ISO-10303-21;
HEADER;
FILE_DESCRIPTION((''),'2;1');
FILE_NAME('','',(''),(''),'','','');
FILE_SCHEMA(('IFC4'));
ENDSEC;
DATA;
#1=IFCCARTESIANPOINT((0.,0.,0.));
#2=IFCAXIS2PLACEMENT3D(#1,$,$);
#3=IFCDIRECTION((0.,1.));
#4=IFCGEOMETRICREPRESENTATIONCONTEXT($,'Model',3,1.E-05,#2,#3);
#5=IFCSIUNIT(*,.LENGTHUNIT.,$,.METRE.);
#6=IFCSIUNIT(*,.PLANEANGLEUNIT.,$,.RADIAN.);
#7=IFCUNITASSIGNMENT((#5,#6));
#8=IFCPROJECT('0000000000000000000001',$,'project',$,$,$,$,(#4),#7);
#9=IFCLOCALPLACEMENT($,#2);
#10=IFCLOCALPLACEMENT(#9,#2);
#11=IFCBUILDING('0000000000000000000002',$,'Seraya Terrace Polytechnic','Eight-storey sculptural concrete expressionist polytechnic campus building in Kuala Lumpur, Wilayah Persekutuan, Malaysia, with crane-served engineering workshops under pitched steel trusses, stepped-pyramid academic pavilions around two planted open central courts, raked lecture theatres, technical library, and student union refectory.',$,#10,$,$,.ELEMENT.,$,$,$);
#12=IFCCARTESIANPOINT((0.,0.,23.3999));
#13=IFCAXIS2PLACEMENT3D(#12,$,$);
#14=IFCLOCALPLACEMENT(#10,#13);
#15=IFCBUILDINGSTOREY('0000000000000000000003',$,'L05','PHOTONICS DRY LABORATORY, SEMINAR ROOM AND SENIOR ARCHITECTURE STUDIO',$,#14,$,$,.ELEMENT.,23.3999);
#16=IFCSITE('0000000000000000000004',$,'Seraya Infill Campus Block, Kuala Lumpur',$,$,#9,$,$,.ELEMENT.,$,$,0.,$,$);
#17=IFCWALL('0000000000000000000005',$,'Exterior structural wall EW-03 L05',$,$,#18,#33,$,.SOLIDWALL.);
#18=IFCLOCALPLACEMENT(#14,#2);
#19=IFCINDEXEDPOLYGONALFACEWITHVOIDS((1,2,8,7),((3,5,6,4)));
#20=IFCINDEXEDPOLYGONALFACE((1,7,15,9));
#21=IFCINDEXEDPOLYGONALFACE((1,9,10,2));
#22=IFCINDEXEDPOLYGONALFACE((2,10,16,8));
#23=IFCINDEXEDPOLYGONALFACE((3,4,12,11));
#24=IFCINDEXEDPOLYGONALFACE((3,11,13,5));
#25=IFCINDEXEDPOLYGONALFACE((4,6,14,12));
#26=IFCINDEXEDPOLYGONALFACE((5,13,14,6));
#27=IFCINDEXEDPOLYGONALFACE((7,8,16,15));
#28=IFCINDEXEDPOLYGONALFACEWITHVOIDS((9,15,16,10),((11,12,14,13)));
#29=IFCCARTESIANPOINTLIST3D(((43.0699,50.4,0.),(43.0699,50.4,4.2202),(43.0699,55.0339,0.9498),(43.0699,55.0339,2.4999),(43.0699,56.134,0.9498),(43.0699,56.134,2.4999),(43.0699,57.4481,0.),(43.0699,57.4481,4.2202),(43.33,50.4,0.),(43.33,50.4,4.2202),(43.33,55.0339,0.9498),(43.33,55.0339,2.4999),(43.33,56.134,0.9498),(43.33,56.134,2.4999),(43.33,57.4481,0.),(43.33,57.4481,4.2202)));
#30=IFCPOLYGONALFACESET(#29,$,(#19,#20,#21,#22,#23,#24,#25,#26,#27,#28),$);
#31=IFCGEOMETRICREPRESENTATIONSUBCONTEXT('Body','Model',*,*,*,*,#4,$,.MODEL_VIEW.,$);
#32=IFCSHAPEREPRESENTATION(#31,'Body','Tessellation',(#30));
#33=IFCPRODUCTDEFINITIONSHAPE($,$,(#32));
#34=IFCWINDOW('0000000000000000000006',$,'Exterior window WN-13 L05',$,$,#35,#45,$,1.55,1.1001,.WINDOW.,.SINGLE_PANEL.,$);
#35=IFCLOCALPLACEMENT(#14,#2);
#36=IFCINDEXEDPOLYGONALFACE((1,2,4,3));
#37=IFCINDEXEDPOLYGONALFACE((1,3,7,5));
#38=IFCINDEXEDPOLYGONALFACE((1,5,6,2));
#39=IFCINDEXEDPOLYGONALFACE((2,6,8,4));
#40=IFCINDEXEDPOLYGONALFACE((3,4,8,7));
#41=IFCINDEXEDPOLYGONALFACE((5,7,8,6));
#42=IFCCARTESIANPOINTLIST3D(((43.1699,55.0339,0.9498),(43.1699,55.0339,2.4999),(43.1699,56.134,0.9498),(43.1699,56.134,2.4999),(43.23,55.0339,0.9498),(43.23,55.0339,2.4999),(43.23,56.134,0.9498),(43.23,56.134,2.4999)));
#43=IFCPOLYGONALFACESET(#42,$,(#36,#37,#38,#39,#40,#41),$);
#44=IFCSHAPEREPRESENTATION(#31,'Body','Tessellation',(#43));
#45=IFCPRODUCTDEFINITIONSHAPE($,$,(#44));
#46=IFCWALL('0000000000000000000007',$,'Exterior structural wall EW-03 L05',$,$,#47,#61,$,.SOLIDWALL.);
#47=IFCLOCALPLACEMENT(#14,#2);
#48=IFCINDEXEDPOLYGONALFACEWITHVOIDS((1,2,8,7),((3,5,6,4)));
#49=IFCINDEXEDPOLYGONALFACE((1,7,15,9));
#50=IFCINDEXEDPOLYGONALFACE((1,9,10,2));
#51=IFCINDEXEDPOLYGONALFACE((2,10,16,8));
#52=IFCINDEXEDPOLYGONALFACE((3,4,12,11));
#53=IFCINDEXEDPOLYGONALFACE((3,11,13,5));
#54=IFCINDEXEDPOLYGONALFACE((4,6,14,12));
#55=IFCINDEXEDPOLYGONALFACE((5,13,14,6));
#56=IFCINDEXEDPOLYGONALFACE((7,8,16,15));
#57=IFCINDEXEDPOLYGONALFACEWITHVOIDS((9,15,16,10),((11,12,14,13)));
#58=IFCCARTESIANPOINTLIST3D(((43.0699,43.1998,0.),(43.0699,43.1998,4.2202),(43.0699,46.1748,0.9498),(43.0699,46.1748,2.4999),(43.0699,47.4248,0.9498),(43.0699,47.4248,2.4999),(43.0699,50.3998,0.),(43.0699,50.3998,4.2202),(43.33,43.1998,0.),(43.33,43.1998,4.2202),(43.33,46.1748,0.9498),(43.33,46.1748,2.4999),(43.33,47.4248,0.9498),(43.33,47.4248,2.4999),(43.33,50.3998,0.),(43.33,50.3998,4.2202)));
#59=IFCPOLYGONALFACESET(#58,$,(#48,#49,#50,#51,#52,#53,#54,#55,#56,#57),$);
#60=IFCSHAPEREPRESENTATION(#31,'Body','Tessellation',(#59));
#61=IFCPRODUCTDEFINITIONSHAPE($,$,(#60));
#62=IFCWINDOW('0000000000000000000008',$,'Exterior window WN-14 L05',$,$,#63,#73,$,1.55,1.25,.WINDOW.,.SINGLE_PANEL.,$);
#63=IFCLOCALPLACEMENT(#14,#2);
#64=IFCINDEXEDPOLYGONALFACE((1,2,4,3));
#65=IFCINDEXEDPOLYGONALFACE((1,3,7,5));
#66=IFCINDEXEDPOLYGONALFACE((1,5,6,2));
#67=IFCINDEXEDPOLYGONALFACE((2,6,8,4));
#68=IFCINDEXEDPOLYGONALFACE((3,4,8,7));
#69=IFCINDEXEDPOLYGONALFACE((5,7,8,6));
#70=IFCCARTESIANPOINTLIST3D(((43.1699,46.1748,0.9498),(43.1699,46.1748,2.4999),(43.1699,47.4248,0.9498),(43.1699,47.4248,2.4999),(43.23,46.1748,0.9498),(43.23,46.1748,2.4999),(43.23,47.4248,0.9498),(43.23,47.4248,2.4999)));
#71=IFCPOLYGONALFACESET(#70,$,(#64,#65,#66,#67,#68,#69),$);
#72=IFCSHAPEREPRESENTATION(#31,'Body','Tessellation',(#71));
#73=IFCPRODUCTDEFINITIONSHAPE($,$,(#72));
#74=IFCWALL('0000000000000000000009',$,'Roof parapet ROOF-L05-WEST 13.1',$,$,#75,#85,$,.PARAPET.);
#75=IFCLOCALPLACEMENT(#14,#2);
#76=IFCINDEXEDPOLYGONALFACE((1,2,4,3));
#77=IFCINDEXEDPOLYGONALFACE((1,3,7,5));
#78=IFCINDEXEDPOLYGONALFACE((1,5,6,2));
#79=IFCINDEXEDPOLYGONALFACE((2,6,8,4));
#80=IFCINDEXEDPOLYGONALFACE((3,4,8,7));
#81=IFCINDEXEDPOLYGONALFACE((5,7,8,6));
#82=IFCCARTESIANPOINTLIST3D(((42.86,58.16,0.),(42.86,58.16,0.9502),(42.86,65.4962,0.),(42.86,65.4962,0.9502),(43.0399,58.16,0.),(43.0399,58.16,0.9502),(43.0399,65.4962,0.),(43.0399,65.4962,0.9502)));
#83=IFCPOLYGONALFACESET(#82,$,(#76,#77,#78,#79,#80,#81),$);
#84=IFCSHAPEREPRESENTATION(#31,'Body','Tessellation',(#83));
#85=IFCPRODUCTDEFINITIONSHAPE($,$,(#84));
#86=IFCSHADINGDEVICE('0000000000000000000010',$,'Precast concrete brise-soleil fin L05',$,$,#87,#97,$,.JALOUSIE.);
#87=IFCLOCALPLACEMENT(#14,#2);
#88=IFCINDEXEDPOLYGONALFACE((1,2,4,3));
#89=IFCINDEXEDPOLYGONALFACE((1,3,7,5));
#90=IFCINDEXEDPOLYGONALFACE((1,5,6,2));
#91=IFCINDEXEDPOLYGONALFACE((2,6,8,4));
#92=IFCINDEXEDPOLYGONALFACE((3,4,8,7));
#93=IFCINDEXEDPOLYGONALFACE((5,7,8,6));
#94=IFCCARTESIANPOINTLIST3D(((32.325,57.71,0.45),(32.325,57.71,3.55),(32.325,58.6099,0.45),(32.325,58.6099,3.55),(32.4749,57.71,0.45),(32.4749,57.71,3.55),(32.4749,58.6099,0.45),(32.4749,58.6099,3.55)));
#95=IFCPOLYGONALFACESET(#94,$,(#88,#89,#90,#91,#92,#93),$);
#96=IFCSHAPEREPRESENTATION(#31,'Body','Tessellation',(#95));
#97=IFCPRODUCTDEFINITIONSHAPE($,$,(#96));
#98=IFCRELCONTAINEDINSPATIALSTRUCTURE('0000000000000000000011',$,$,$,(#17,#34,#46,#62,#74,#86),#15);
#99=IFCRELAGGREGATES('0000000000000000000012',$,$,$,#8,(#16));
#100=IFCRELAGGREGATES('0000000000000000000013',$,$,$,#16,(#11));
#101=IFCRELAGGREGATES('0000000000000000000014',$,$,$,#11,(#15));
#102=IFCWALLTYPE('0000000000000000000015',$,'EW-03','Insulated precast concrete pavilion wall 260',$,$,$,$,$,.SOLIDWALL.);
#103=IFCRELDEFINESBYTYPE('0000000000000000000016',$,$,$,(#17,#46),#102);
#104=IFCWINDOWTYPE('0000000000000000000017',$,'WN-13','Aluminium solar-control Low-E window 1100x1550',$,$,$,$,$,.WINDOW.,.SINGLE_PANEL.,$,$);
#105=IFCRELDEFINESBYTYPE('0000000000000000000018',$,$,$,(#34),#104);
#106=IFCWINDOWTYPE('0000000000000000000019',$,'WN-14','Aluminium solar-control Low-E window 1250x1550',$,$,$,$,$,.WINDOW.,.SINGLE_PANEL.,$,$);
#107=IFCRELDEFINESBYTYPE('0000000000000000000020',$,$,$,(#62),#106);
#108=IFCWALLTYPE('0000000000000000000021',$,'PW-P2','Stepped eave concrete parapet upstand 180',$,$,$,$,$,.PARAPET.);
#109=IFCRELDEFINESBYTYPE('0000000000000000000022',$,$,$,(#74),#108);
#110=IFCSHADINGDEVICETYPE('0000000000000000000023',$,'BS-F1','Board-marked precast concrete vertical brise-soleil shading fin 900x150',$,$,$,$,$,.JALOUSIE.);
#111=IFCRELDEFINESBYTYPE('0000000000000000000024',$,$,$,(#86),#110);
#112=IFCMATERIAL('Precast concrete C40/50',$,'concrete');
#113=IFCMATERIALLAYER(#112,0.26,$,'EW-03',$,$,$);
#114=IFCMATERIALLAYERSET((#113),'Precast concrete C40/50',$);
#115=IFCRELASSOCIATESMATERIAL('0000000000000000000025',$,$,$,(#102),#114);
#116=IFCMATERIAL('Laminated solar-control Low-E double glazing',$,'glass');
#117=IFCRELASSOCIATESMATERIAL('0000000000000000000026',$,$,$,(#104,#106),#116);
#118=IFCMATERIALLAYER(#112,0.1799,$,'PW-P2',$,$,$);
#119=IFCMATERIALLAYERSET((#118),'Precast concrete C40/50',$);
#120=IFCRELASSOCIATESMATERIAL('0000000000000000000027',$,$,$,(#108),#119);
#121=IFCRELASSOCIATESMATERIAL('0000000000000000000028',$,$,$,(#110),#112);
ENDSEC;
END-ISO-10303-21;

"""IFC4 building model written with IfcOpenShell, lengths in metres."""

from ifc_helpers import new_model, si_unit, direction, frame, frame_2d, origin, origin_2d, place, context, subcontext, project, spatial, rectangle, extrude, material, layer, layer_set, type_object, element, fill, save


model = new_model("IFC4")

# Units and contexts
model_context = context("Model", 3, precision=1e-05, world=origin(), true_north=direction((0.0, 1.0)))
body_context = subcontext(model_context, "Body", "Model", "MODEL_VIEW")
ifc_project = project(units=[si_unit("LENGTHUNIT", "METRE"), si_unit("PLANEANGLEUNIT", "RADIAN")], contexts=[model_context])

# Site, building, storey
site_placement = place(None, origin())
site = spatial("IfcSite", under=ifc_project, at=site_placement, Name="Seraya Infill Campus Block, Kuala Lumpur", CompositionType="ELEMENT", RefElevation=0.0)
building_placement = place(site_placement, origin())
building = spatial("IfcBuilding", under=site, at=building_placement, Name="Seraya Terrace Polytechnic", Description="Eight-storey sculptural concrete expressionist polytechnic campus building in Kuala Lumpur, Wilayah Persekutuan, Malaysia, with crane-served engineering workshops under pitched steel trusses, stepped-pyramid academic pavilions around two planted open central courts, raked lecture theatres, technical library, and student union refectory.", CompositionType="ELEMENT")
storey_placement = place(building_placement, frame((0.0, 0.0, 23.3999)))
storey = spatial("IfcBuildingStorey", under=building, at=storey_placement, Name="L05", Description="PHOTONICS DRY LABORATORY, SEMINAR ROOM AND SENIOR ARCHITECTURE STUDIO", CompositionType="ELEMENT", Elevation=23.3999)

# Walls, openings, windows
ifc_material_1 = material(Name="Precast concrete C40/50", Category="concrete")
ifc_layer_1 = layer(ifc_material_1, 0.26, Name="EW-03")
ifc_layer_set_1 = layer_set([ifc_layer_1], Name="Precast concrete C40/50")
wall_type_1 = type_object("IfcWallType", Name="EW-03", Description="Insulated precast concrete pavilion wall 260", PredefinedType="SOLIDWALL", material=ifc_layer_set_1)
ifc_material_2 = material(Name="Laminated solar-control Low-E double glazing", Category="glass")
wall_1_placement = place(storey_placement, frame((43.2, 57.448, 0.0), z_axis=(0.0, 0.0, 1.0), x_axis=(0.0, -1.0, 0.0)))
wall_1 = element("IfcWall", 1, at=wall_1_placement, inside=storey, type_object=wall_type_1, Name="Exterior structural wall EW-03 L05", PredefinedType="SOLIDWALL", context=body_context, shape_type="SweptSolid", body=[
    extrude(rectangle(XDim=7.0481, YDim=0.26, at=frame_2d((3.5239, 0.0))), origin(), (0.0, 0.0, 1.0), 4.2202),
])
opening_1_placement = place(wall_1_placement, frame((1.314, 0.0, 0.95)))
opening_1 = element("IfcOpeningElement", 2, at=opening_1_placement, cuts=wall_1, PredefinedType="OPENING", context=body_context, shape_type="SweptSolid", body=[
    extrude(rectangle(XDim=1.1001, YDim=1.55, at=frame_2d((0.55, 0.7749))), frame((0.0, 0.1421, 0.0), z_axis=(0.0, -1.0, 0.0), x_axis=(1.0, 0.0, 0.0)), (0.0, 0.0, 1.0), 0.2839),
])
window_type_1 = type_object("IfcWindowType", Name="WN-13", Description="Aluminium solar-control Low-E window 1100x1550", PartitioningType="SINGLE_PANEL", PredefinedType="WINDOW", material=ifc_material_2)
window_1_placement = place(opening_1_placement, origin())
window_1 = element("IfcWindow", 3, at=window_1_placement, inside=storey, type_object=window_type_1, Name="Exterior window WN-13 L05", OverallHeight=1.55, OverallWidth=1.1001, PartitioningType="SINGLE_PANEL", PredefinedType="WINDOW", context=body_context, shape_type="SweptSolid", body=[
    extrude(rectangle(XDim=1.1001, YDim=1.55, at=frame_2d((0.55, 0.7749))), frame((0.0, 0.03, 0.0), z_axis=(0.0, -1.0, 0.0), x_axis=(1.0, 0.0, 0.0)), (0.0, 0.0, 1.0), 0.0601),
])
fill(opening_1, window_1)
wall_2_placement = place(storey_placement, frame((43.2, 50.3999, 0.0), z_axis=(0.0, 0.0, 1.0), x_axis=(0.0, -1.0, 0.0)))
wall_2 = element("IfcWall", 4, at=wall_2_placement, inside=storey, type_object=wall_type_1, Name="Exterior structural wall EW-03 L05", PredefinedType="SOLIDWALL", context=body_context, shape_type="SweptSolid", body=[
    extrude(rectangle(XDim=7.2, YDim=0.26, at=frame_2d((3.6001, 0.0))), origin(), (0.0, 0.0, 1.0), 4.2202),
])
opening_2_placement = place(wall_2_placement, frame((2.9751, 0.0, 0.95)))
opening_2 = element("IfcOpeningElement", 5, at=opening_2_placement, cuts=wall_2, PredefinedType="OPENING", context=body_context, shape_type="SweptSolid", body=[
    extrude(rectangle(XDim=1.25, YDim=1.55, at=frame_2d((0.625, 0.7749))), frame((0.0, 0.1421, 0.0), z_axis=(0.0, -1.0, 0.0), x_axis=(1.0, 0.0, 0.0)), (0.0, 0.0, 1.0), 0.2839),
])
window_type_2 = type_object("IfcWindowType", Name="WN-14", Description="Aluminium solar-control Low-E window 1250x1550", PartitioningType="SINGLE_PANEL", PredefinedType="WINDOW", material=ifc_material_2)
window_2_placement = place(opening_2_placement, origin())
window_2 = element("IfcWindow", 6, at=window_2_placement, inside=storey, type_object=window_type_2, Name="Exterior window WN-14 L05", OverallHeight=1.55, OverallWidth=1.25, PartitioningType="SINGLE_PANEL", PredefinedType="WINDOW", context=body_context, shape_type="SweptSolid", body=[
    extrude(rectangle(XDim=1.25, YDim=1.55, at=frame_2d((0.625, 0.7749))), frame((0.0, 0.03, 0.0), z_axis=(0.0, -1.0, 0.0), x_axis=(1.0, 0.0, 0.0)), (0.0, 0.0, 1.0), 0.0601),
])
fill(opening_2, window_2)

# Wall
ifc_layer_2 = layer(ifc_material_1, 0.1799, Name="PW-P2")
ifc_layer_set_2 = layer_set([ifc_layer_2], Name="Precast concrete C40/50")
wall_type_2 = type_object("IfcWallType", Name="PW-P2", Description="Stepped eave concrete parapet upstand 180", PredefinedType="PARAPET", material=ifc_layer_set_2)
wall_3_placement = place(storey_placement, frame((42.95, 65.4961, 0.0), z_axis=(0.0, 0.0, 1.0), x_axis=(0.0, -1.0, 0.0)))
element("IfcWall", 7, at=wall_3_placement, inside=storey, type_object=wall_type_2, Name="Roof parapet ROOF-L05-WEST 13.1", PredefinedType="PARAPET", context=body_context, shape_type="SweptSolid", body=[
    extrude(rectangle(XDim=7.3362, YDim=0.1799, at=frame_2d((3.668, 0.0))), origin(), (0.0, 0.0, 1.0), 0.9502),
])

# Shading device
shading_device_type = type_object("IfcShadingDeviceType", Name="BS-F1", Description="Board-marked precast concrete vertical brise-soleil shading fin 900x150", PredefinedType="JALOUSIE", material=ifc_material_1)
shading_device_placement = place(storey_placement, frame((32.3999, 58.1599, 0.45), z_axis=(0.0, 0.0, 1.0), x_axis=(0.0, 1.0, 0.0)))
element("IfcShadingDevice", 8, at=shading_device_placement, inside=storey, type_object=shading_device_type, Name="Precast concrete brise-soleil fin L05", PredefinedType="JALOUSIE", context=body_context, shape_type="SweptSolid", body=[
    extrude(rectangle(XDim=0.8999, YDim=0.1499, at=origin_2d()), origin(), (0.0, 0.0, 1.0), 3.1001),
])

save(model, "model.ifc")
